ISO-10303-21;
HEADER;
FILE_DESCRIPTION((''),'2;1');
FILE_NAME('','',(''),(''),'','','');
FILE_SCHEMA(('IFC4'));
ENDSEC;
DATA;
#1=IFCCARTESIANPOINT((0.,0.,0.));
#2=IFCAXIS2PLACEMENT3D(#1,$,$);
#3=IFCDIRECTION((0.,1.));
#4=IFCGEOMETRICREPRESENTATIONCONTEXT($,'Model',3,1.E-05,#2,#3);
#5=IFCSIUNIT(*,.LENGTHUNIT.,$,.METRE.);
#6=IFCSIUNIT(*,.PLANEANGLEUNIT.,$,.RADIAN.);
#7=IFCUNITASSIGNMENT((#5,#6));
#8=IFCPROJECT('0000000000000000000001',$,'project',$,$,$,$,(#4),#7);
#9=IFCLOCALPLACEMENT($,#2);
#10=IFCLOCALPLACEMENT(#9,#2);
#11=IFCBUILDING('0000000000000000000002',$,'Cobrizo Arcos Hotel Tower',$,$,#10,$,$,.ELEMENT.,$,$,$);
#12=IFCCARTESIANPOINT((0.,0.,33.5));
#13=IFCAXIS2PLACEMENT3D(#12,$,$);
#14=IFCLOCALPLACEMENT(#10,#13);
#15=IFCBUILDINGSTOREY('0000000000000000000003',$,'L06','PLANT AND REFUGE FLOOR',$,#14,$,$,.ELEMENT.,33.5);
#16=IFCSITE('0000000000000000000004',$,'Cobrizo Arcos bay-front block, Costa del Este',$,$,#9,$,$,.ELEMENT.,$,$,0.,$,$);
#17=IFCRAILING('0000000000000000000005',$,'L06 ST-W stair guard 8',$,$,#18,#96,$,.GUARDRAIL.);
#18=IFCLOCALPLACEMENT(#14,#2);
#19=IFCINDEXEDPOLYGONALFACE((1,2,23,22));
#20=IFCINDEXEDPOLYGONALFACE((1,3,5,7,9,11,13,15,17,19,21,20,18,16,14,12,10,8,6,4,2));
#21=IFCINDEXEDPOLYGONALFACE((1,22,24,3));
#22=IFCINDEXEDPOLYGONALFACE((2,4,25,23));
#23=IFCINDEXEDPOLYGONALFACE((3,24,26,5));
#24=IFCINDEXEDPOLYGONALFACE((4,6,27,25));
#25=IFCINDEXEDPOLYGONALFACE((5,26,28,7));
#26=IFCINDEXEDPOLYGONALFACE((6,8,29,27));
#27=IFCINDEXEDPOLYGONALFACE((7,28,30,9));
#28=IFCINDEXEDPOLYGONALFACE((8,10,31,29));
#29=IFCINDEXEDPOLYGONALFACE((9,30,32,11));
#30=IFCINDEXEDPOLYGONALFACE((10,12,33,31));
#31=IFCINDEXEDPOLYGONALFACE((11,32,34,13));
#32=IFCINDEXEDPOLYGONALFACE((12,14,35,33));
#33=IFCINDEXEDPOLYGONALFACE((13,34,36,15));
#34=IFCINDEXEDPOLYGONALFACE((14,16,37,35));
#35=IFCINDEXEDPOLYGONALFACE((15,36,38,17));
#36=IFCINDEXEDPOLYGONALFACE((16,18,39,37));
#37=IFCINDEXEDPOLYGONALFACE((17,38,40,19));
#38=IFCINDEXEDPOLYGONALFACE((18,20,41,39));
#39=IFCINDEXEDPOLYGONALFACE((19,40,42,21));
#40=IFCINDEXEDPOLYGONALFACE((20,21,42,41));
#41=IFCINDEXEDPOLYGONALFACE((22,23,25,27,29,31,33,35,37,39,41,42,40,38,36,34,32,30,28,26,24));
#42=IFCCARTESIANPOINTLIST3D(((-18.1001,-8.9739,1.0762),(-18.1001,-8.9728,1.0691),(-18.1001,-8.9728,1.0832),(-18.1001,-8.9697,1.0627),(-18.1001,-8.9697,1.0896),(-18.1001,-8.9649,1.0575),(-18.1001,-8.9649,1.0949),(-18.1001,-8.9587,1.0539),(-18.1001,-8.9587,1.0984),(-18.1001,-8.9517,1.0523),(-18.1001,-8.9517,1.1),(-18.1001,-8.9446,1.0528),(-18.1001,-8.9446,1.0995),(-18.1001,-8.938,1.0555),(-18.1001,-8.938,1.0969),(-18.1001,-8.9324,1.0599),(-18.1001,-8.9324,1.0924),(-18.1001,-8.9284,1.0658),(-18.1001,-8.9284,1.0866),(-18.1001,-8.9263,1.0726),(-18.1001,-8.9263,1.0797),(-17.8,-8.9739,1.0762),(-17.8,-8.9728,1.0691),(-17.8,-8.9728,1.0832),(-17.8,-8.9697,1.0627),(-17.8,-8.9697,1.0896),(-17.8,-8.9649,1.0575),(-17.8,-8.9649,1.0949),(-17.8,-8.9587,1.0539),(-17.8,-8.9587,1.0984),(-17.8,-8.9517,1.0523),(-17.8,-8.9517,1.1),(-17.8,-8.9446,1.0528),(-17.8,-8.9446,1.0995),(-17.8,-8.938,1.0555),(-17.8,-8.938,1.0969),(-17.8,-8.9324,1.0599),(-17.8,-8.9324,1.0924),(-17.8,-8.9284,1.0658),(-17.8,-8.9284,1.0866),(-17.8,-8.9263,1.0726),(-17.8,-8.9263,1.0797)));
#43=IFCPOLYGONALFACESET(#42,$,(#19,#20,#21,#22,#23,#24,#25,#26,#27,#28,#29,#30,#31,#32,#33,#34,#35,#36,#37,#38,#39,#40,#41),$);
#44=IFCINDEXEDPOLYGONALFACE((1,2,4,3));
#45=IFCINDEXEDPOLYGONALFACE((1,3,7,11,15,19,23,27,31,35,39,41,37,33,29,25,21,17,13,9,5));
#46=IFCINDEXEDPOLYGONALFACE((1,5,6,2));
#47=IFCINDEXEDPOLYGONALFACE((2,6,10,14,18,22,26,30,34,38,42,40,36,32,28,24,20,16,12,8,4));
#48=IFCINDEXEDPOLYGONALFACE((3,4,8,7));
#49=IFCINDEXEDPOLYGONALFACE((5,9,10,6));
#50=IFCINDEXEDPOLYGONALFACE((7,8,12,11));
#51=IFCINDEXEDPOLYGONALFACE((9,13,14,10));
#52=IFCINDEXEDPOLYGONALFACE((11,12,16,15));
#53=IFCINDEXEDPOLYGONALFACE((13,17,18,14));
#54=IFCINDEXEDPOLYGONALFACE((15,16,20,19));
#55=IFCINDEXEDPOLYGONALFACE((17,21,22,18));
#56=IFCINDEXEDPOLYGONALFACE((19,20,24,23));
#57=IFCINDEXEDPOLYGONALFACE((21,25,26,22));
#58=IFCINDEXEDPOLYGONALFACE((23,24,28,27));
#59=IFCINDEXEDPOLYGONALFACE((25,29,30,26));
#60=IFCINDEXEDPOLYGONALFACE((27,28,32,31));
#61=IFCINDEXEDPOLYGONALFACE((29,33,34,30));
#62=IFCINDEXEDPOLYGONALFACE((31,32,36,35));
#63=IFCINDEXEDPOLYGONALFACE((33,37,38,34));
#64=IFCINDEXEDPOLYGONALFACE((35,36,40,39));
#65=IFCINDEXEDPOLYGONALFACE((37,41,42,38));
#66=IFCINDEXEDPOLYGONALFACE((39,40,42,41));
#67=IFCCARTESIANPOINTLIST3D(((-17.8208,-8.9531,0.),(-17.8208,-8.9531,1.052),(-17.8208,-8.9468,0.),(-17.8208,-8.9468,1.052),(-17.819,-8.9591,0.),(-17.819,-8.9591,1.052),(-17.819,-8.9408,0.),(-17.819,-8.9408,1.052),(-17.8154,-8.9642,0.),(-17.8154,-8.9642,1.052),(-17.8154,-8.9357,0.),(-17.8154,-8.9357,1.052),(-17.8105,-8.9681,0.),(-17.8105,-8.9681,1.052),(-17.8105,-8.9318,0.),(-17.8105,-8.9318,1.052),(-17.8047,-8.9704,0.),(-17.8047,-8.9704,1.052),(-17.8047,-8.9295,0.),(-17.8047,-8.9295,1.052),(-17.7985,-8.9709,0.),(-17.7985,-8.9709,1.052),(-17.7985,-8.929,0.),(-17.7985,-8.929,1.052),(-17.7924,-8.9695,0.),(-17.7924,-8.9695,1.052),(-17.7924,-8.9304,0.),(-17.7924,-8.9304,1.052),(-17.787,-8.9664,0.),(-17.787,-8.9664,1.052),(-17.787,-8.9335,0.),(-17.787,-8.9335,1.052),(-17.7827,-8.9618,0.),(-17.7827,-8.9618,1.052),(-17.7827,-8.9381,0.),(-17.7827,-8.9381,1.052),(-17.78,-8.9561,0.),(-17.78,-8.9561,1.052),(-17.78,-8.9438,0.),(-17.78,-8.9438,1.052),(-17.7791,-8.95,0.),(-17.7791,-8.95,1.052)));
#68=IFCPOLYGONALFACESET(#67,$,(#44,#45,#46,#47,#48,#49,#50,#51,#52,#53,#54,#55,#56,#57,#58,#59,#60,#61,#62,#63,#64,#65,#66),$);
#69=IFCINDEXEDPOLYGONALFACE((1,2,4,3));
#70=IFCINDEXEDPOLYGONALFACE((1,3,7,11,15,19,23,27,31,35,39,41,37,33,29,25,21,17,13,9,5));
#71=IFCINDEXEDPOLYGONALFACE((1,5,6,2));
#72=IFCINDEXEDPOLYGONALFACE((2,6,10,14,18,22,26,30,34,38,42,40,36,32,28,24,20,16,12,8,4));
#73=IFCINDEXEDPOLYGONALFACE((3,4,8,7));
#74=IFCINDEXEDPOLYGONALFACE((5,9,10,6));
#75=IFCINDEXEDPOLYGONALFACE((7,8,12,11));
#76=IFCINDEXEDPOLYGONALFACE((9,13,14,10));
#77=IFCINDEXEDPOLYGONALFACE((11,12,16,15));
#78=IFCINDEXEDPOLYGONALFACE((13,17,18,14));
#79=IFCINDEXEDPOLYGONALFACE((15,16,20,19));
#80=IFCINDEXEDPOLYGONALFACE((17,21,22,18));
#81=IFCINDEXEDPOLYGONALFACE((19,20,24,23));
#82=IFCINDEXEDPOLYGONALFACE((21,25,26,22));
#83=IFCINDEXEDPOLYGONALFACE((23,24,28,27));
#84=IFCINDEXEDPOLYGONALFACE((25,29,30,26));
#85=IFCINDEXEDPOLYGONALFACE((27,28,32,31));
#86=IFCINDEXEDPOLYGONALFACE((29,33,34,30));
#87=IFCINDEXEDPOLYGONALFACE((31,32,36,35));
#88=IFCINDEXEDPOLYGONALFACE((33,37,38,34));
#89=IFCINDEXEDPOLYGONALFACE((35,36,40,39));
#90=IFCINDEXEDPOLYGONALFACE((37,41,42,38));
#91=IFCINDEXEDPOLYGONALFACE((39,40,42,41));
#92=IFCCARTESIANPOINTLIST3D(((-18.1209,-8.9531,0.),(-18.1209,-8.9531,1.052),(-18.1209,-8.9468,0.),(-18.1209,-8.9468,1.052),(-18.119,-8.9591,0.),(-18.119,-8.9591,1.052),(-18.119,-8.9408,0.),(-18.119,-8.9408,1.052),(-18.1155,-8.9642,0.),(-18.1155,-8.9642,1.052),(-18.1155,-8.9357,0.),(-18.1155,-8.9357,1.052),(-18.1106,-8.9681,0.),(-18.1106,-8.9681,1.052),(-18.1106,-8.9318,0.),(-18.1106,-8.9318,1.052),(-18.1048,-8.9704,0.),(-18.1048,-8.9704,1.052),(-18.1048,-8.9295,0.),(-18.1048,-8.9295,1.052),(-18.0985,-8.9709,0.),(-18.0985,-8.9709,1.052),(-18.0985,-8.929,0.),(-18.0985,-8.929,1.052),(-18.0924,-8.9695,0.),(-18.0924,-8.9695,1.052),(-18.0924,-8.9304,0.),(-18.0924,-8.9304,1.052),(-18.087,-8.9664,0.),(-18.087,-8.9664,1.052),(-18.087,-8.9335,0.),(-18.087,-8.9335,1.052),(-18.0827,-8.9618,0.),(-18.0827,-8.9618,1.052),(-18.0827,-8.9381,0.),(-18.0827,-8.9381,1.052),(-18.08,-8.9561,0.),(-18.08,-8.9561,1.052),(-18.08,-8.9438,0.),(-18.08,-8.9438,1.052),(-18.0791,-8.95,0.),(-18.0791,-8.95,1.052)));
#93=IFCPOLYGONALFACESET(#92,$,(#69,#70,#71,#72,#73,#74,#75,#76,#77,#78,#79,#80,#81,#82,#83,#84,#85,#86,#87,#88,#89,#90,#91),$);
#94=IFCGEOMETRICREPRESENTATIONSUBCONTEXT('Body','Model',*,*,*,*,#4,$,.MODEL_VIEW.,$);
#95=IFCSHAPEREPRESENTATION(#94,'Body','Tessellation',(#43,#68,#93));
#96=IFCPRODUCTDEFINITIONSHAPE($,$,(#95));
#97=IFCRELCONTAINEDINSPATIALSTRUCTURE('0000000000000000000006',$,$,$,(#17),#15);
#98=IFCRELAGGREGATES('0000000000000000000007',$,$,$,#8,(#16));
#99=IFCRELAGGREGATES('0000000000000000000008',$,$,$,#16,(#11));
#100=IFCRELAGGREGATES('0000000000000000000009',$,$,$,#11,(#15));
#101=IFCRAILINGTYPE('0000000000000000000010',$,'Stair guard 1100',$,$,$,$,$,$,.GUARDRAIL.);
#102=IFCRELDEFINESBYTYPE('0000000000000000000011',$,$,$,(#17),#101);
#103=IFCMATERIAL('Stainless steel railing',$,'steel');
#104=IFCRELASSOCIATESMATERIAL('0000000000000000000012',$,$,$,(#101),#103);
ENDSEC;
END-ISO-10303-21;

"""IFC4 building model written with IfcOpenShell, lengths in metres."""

from ifc_helpers import new_model, si_unit, direction, frame, origin, origin_2d, place, context, subcontext, project, spatial, circle, extrude, material, type_object, element, save


model = new_model("IFC4")

# Units and contexts
model_context = context("Model", 3, precision=1e-05, world=origin(), true_north=direction((0.0, 1.0)))
body_context = subcontext(model_context, "Body", "Model", "MODEL_VIEW")
ifc_project = project(units=[si_unit("LENGTHUNIT", "METRE"), si_unit("PLANEANGLEUNIT", "RADIAN")], contexts=[model_context])

# Site, building, storey
site_placement = place(None, origin())
site = spatial("IfcSite", under=ifc_project, at=site_placement, Name="Cobrizo Arcos bay-front block, Costa del Este", CompositionType="ELEMENT", RefElevation=0.0)
building_placement = place(site_placement, origin())
building = spatial("IfcBuilding", under=site, at=building_placement, Name="Cobrizo Arcos Hotel Tower", CompositionType="ELEMENT")
storey_placement = place(building_placement, frame((0.0, 0.0, 33.5)))
storey = spatial("IfcBuildingStorey", under=building, at=storey_placement, Name="L06", Description="PLANT AND REFUGE FLOOR", CompositionType="ELEMENT", Elevation=33.5)

# Railing
ifc_material_1 = material(Name="Stainless steel railing", Category="steel")
railing_type_1 = type_object("IfcRailingType", Name="Stair guard 1100", PredefinedType="GUARDRAIL", material=ifc_material_1)
railing_1_placement = place(storey_placement, frame((-17.8, -8.95, 0.0)))
element("IfcRailing", 1, at=railing_1_placement, inside=storey, type_object=railing_type_1, Name="L06 ST-W stair guard 8", PredefinedType="GUARDRAIL", context=body_context, shape_type="SweptSolid", body=[
    extrude(circle(Radius=0.0239, at=origin_2d()), frame((0.0, 0.0, 1.0762), z_axis=(-1.0, 0.0, 0.0), x_axis=(0.0, -1.0, 0.0)), (0.0, 0.0, 1.0), 0.3),
    extrude(circle(Radius=0.021, at=origin_2d()), origin(), (0.0, 0.0, 1.0), 1.052),
    extrude(circle(Radius=0.021, at=origin_2d()), frame((-0.3, 0.0, 0.0)), (0.0, 0.0, 1.0), 1.052),
])

save(model, "model.ifc")
